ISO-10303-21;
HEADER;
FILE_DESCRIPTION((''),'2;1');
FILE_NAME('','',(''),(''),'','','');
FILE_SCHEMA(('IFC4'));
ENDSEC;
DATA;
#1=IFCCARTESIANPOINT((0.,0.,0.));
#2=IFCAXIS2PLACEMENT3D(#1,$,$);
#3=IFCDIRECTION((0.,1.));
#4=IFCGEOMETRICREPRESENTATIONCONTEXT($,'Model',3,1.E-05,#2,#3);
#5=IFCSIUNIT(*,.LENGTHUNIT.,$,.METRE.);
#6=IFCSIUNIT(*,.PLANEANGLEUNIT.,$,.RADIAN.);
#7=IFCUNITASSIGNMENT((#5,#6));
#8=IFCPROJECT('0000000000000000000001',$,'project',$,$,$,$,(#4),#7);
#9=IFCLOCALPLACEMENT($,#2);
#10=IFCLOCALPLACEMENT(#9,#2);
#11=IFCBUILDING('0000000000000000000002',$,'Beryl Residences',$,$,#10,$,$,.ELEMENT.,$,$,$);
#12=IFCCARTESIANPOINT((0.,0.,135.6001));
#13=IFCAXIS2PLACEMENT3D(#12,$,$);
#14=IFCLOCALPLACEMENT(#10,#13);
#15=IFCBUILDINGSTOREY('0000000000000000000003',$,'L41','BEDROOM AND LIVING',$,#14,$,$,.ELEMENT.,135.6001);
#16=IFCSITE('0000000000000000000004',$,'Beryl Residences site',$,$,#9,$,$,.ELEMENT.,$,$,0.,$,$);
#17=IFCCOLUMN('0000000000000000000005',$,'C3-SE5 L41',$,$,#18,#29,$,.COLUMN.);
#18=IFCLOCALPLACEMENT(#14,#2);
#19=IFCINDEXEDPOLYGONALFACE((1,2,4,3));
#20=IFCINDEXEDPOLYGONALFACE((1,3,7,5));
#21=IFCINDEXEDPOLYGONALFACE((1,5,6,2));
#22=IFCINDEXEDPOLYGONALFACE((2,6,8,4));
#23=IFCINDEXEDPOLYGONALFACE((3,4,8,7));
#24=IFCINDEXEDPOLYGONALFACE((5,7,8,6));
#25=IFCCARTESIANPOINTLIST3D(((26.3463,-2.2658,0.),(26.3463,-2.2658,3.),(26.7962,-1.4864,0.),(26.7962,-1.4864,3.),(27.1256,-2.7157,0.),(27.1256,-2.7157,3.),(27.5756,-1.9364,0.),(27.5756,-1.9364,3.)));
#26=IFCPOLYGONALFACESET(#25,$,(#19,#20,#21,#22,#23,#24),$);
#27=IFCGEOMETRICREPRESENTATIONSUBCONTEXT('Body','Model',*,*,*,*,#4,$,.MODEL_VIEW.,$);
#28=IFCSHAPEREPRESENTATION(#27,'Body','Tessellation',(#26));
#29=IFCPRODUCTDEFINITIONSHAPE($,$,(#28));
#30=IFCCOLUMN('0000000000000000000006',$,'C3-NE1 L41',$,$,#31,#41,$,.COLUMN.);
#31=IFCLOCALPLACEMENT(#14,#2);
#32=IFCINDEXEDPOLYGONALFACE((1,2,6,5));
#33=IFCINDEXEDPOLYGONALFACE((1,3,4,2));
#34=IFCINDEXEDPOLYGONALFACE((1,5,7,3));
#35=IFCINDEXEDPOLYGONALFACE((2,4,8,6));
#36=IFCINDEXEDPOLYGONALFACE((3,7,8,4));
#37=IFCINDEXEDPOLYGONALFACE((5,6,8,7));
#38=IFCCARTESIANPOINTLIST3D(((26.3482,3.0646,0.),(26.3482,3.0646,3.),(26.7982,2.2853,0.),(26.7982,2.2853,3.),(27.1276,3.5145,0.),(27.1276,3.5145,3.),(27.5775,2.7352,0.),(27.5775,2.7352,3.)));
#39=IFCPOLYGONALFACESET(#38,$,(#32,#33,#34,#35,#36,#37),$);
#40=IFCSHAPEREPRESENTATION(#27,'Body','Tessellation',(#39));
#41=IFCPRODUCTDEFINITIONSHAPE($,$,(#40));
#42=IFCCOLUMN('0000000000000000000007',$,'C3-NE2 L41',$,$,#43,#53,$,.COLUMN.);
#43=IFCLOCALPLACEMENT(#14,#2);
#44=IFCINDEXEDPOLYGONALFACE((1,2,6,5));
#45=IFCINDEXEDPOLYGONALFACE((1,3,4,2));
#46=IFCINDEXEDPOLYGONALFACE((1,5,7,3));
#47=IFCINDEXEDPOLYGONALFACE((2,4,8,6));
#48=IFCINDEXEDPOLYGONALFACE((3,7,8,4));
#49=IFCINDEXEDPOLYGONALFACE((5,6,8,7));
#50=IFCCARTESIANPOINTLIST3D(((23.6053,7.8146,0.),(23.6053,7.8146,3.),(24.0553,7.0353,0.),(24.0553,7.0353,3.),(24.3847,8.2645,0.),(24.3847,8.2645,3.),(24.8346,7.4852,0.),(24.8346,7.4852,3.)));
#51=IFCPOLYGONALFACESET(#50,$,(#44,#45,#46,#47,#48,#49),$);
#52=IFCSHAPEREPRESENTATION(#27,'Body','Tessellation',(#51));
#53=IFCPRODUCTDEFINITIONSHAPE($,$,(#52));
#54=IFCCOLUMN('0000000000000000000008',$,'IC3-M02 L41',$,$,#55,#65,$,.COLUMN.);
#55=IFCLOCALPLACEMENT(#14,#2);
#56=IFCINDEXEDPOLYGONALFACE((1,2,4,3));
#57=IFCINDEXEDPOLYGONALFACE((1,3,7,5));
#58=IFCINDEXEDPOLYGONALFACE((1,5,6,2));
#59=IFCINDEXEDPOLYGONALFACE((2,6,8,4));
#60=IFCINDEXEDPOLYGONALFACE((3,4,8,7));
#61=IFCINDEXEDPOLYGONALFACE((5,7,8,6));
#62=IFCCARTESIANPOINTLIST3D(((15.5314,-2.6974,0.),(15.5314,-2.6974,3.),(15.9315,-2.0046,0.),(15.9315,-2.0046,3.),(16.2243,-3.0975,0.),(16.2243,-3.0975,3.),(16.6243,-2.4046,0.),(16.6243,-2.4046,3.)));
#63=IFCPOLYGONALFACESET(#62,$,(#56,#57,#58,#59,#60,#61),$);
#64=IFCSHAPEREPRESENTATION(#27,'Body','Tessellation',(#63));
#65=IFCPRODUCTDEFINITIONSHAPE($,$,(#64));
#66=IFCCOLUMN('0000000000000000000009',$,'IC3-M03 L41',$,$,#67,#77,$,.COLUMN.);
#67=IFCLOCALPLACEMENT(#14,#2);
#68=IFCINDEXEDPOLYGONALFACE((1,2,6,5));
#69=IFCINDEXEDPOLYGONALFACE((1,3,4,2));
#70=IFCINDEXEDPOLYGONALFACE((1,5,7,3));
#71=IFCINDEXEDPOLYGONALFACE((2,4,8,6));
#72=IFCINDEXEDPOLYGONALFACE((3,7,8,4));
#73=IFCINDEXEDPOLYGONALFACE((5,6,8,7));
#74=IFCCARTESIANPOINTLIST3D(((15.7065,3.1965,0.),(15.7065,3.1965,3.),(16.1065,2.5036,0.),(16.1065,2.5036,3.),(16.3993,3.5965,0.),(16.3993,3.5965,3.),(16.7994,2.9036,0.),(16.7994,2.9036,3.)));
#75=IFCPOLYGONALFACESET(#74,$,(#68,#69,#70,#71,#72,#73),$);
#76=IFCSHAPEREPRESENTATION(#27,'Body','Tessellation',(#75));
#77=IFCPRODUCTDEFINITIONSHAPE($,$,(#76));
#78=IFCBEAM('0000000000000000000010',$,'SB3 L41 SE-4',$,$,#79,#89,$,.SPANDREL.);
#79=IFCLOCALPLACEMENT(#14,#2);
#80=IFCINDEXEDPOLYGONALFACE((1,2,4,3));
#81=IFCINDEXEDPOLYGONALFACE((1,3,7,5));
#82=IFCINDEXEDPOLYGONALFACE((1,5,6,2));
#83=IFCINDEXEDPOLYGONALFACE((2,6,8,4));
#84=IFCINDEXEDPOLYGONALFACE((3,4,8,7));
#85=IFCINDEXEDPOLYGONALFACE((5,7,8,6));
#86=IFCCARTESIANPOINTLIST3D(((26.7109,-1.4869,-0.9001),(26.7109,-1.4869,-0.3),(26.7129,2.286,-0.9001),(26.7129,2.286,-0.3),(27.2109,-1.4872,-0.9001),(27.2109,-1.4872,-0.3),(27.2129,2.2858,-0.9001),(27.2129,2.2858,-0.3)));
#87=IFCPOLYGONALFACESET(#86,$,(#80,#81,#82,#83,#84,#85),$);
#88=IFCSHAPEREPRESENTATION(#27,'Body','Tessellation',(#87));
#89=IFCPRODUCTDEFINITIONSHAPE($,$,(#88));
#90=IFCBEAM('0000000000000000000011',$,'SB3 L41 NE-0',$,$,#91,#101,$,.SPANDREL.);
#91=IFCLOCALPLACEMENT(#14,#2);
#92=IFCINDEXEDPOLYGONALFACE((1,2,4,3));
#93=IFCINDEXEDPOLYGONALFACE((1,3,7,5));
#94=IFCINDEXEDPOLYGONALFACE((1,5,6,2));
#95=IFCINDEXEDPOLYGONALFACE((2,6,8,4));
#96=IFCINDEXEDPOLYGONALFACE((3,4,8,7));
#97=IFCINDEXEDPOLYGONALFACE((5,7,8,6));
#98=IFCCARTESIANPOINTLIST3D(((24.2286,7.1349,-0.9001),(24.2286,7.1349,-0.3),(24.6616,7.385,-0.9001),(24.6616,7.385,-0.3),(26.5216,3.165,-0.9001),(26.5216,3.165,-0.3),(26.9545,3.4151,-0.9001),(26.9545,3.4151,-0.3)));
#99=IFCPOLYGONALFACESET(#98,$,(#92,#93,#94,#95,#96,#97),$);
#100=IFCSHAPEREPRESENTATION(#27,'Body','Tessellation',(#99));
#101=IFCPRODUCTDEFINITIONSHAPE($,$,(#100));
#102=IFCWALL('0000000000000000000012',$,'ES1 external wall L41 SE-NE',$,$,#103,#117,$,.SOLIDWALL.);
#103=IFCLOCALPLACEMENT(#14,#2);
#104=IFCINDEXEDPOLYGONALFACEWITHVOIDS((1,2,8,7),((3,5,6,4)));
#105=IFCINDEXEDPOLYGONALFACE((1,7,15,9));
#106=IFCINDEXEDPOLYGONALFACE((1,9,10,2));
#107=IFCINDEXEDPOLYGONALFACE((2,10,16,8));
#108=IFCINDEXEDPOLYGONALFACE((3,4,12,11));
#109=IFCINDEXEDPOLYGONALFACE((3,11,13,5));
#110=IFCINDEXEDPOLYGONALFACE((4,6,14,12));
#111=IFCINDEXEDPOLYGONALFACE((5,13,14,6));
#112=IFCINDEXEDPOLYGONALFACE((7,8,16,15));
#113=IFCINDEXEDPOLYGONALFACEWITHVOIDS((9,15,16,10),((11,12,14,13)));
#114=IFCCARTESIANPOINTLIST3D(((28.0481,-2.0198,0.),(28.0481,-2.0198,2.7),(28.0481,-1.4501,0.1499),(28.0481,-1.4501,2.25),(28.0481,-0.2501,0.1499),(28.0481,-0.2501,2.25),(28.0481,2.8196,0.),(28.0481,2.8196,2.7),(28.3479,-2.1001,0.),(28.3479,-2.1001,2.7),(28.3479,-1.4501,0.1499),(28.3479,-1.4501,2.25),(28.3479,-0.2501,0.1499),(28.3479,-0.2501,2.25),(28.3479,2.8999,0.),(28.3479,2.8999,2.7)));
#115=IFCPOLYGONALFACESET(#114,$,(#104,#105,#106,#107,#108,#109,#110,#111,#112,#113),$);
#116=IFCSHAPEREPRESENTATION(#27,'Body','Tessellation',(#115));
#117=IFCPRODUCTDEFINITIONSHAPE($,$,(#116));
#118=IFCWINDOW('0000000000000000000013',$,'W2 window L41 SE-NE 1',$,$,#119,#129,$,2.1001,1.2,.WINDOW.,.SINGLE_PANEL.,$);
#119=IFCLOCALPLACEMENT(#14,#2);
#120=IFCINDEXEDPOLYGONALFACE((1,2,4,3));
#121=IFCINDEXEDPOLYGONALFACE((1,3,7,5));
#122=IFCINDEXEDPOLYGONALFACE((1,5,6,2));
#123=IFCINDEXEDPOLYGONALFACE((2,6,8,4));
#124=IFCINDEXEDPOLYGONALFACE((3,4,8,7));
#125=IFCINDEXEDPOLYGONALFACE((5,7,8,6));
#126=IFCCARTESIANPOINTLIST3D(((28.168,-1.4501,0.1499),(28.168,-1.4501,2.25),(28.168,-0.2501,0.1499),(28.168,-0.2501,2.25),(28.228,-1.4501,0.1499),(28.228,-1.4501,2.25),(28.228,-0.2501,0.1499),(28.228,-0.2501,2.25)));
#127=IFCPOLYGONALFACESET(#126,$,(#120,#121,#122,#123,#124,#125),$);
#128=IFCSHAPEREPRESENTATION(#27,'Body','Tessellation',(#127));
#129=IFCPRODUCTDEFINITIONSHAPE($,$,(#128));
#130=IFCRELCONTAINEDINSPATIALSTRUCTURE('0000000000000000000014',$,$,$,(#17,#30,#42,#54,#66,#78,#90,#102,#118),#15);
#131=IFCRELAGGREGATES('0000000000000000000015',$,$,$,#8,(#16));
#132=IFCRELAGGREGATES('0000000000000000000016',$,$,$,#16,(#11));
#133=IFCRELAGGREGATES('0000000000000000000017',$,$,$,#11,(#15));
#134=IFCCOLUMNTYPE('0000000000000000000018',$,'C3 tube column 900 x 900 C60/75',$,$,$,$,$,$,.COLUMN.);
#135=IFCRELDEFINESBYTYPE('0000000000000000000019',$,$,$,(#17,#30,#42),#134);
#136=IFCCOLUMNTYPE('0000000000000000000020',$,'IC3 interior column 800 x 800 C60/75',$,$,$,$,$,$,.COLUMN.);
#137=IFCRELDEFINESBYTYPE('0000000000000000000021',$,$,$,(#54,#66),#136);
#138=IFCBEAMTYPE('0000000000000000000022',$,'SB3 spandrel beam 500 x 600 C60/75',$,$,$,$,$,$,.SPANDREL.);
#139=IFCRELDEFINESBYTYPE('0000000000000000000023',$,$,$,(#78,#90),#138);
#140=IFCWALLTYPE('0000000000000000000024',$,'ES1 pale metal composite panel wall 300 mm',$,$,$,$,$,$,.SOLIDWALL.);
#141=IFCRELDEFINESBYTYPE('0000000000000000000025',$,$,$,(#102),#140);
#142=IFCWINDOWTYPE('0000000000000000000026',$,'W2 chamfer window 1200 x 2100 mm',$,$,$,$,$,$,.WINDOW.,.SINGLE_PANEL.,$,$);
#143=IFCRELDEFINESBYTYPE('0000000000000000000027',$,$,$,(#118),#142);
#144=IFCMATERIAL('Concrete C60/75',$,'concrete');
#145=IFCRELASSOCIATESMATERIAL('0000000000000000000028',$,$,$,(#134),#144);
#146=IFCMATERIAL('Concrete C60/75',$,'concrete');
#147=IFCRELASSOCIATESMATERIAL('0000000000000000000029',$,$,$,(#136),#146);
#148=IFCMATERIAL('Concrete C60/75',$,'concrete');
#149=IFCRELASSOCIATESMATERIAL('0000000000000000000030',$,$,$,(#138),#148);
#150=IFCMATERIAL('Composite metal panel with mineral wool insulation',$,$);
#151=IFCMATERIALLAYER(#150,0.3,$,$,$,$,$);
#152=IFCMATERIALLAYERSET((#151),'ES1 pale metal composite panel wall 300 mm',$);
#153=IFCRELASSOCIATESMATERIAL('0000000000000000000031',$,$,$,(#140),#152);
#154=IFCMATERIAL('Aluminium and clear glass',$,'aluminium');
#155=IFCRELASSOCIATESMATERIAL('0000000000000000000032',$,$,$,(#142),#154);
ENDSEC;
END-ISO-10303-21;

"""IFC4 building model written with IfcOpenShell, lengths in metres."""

from ifc_helpers import new_model, si_unit, direction, frame, frame_2d, origin, origin_2d, place, context, subcontext, project, spatial, polyline, rectangle, outline, extrude, material, layer, layer_set, material_profile, profile_set, type_object, element, fill, save


model = new_model("IFC4")

# Units and contexts
model_context = context("Model", 3, precision=1e-05, world=origin(), true_north=direction((0.0, 1.0)))
body_context = subcontext(model_context, "Body", "Model", "MODEL_VIEW")
ifc_project = project(units=[si_unit("LENGTHUNIT", "METRE"), si_unit("PLANEANGLEUNIT", "RADIAN")], contexts=[model_context])

# Site, building, storey
site_placement = place(None, origin())
site = spatial("IfcSite", under=ifc_project, at=site_placement, Name="Beryl Residences site", CompositionType="ELEMENT", RefElevation=0.0)
building_placement = place(site_placement, origin())
building = spatial("IfcBuilding", under=site, at=building_placement, Name="Beryl Residences", CompositionType="ELEMENT")
storey_placement = place(building_placement, frame((0.0, 0.0, 135.6001)))
storey = spatial("IfcBuildingStorey", under=building, at=storey_placement, Name="L41", Description="BEDROOM AND LIVING", CompositionType="ELEMENT", Elevation=135.6001)

# Columns
ifc_material_1 = material(Name="Concrete C60/75", Category="concrete")
ifc_material_profile_1 = material_profile(ifc_material_1, rectangle(XDim=0.8999, YDim=0.8999, at=origin_2d()))
ifc_profile_set_1 = profile_set([ifc_material_profile_1], Name="Concrete C60/75")
column_type_1 = type_object("IfcColumnType", Name="C3 tube column 900 x 900 C60/75", PredefinedType="COLUMN", material=ifc_profile_set_1)
for number, where, z_axis, x_axis, name in (
    (1, (26.9609, -2.1011, 0.0), (0.0, 0.0, 1.0), (0.5, 0.866025, 0.0), "C3-SE5 L41"),
    (2, (26.9629, 2.8999, 0.0), (0.0, 0.0, 1.0), (-0.5, 0.866025, 0.0), "C3-NE1 L41"),
    (3, (24.22, 7.6499, 0.0), (0.0, 0.0, 1.0), (-0.5, 0.866025, 0.0), "C3-NE2 L41"),
):
    element("IfcColumn", number, at=place(storey_placement, frame(where, z_axis=z_axis, x_axis=x_axis)), inside=storey, type_object=column_type_1, Name=name, PredefinedType="COLUMN", context=body_context, shape_type="SweptSolid", body=[
        extrude(rectangle(XDim=0.8999, YDim=0.8999, at=origin_2d()), origin(), (0.0, 0.0, 1.0), 3.0),
    ])
ifc_material_2 = material(Name="Concrete C60/75", Category="concrete")
ifc_material_profile_2 = material_profile(ifc_material_2, rectangle(XDim=0.8, YDim=0.8, at=origin_2d()))
ifc_profile_set_2 = profile_set([ifc_material_profile_2], Name="Concrete C60/75")
column_type_2 = type_object("IfcColumnType", Name="IC3 interior column 800 x 800 C60/75", PredefinedType="COLUMN", material=ifc_profile_set_2)
for number, where, z_axis, x_axis, name in (
    (4, (16.0779, -2.551, 0.0), (0.0, 0.0, 1.0), (0.5, 0.866025, 0.0), "IC3-M02 L41"),
    (5, (16.2529, 3.05, 0.0), (0.0, 0.0, 1.0), (-0.5, 0.866025, 0.0), "IC3-M03 L41"),
):
    element("IfcColumn", number, at=place(storey_placement, frame(where, z_axis=z_axis, x_axis=x_axis)), inside=storey, type_object=column_type_2, Name=name, PredefinedType="COLUMN", context=body_context, shape_type="SweptSolid", body=[
        extrude(rectangle(XDim=0.8, YDim=0.8, at=origin_2d()), origin(), (0.0, 0.0, 1.0), 3.0),
    ])

# Beams
ifc_material_3 = material(Name="Concrete C60/75", Category="concrete")
ifc_material_profile_3 = material_profile(ifc_material_3, rectangle(XDim=0.5, YDim=0.6001, at=origin_2d()))
ifc_profile_set_3 = profile_set([ifc_material_profile_3], Name="Concrete C60/75")
beam_type = type_object("IfcBeamType", Name="SB3 spandrel beam 500 x 600 C60/75", PredefinedType="SPANDREL", material=ifc_profile_set_3)
beam_1_placement = place(storey_placement, frame((26.9609, -1.4871, -0.6001), z_axis=(0.000518, 1.0, 0.0), x_axis=(-1.0, 0.000518, 0.0)))
element("IfcBeam", 6, at=beam_1_placement, inside=storey, type_object=beam_type, Name="SB3 L41 SE-4", PredefinedType="SPANDREL", context=body_context, shape_type="SweptSolid", body=[
    extrude(rectangle(XDim=0.5, YDim=0.6001, at=origin_2d()), origin(), (0.0, 0.0, 1.0), 3.7729),
])
beam_2_placement = place(storey_placement, frame((26.738, 3.29, -0.6001), z_axis=(-0.500148, 0.86594, 0.0), x_axis=(-0.86594, -0.500148, 0.0)))
element("IfcBeam", 7, at=beam_2_placement, inside=storey, type_object=beam_type, Name="SB3 L41 NE-0", PredefinedType="SPANDREL", context=body_context, shape_type="SweptSolid", body=[
    extrude(rectangle(XDim=0.5, YDim=0.6001, at=origin_2d()), origin(), (0.0, 0.0, 1.0), 4.5845),
])

# Wall, opening, window
ifc_material_4 = material(Name="Composite metal panel with mineral wool insulation")
ifc_layer_1 = layer(ifc_material_4, 0.3)
ifc_layer_set_1 = layer_set([ifc_layer_1], Name="ES1 pale metal composite panel wall 300 mm")
wall_type_1 = type_object("IfcWallType", Name="ES1 pale metal composite panel wall 300 mm", PredefinedType="SOLIDWALL", material=ifc_layer_set_1)
wall_1_placement = place(storey_placement, frame((28.198, -2.1001, 0.0), z_axis=(0.0, 0.0, 1.0), x_axis=(0.0, 1.0, 0.0)))
wall_1 = element("IfcWall", 8, at=wall_1_placement, inside=storey, type_object=wall_type_1, Name="ES1 external wall L41 SE-NE", PredefinedType="SOLIDWALL", context=body_context, shape_type="SweptSolid", body=[
    extrude(outline(polyline([(0.0, -0.1499), (5.0, -0.1499), (4.9197, 0.1499), (0.0803, 0.1499), (0.0, -0.1499)])), origin(), (0.0, 0.0, 1.0), 2.7),
])
opening_1_placement = place(wall_1_placement, frame((0.6499, 0.0, 0.1499)))
opening_1 = element("IfcOpeningElement", 9, at=opening_1_placement, cuts=wall_1, PredefinedType="OPENING", context=body_context, shape_type="SweptSolid", body=[
    extrude(rectangle(XDim=1.2, YDim=2.1001, at=frame_2d((0.6001, 1.05))), frame((0.0, 0.1599, 0.0), z_axis=(0.0, -1.0, 0.0), x_axis=(1.0, 0.0, 0.0)), (0.0, 0.0, 1.0), 0.3201),
])
ifc_material_5 = material(Name="Aluminium and clear glass", Category="aluminium")
window_type_1 = type_object("IfcWindowType", Name="W2 chamfer window 1200 x 2100 mm", PartitioningType="SINGLE_PANEL", PredefinedType="WINDOW", material=ifc_material_5)
window_1_placement = place(opening_1_placement, origin())
window_1 = element("IfcWindow", 10, at=window_1_placement, inside=storey, type_object=window_type_1, Name="W2 window L41 SE-NE 1", OverallHeight=2.1001, OverallWidth=1.2, PartitioningType="SINGLE_PANEL", PredefinedType="WINDOW", context=body_context, shape_type="SweptSolid", body=[
    extrude(rectangle(XDim=1.2, YDim=2.1001, at=frame_2d((0.6001, 1.05))), frame((0.0, 0.03, 0.0), z_axis=(0.0, -1.0, 0.0), x_axis=(1.0, 0.0, 0.0)), (0.0, 0.0, 1.0), 0.0601),
])
fill(opening_1, window_1)

save(model, "model.ifc")
